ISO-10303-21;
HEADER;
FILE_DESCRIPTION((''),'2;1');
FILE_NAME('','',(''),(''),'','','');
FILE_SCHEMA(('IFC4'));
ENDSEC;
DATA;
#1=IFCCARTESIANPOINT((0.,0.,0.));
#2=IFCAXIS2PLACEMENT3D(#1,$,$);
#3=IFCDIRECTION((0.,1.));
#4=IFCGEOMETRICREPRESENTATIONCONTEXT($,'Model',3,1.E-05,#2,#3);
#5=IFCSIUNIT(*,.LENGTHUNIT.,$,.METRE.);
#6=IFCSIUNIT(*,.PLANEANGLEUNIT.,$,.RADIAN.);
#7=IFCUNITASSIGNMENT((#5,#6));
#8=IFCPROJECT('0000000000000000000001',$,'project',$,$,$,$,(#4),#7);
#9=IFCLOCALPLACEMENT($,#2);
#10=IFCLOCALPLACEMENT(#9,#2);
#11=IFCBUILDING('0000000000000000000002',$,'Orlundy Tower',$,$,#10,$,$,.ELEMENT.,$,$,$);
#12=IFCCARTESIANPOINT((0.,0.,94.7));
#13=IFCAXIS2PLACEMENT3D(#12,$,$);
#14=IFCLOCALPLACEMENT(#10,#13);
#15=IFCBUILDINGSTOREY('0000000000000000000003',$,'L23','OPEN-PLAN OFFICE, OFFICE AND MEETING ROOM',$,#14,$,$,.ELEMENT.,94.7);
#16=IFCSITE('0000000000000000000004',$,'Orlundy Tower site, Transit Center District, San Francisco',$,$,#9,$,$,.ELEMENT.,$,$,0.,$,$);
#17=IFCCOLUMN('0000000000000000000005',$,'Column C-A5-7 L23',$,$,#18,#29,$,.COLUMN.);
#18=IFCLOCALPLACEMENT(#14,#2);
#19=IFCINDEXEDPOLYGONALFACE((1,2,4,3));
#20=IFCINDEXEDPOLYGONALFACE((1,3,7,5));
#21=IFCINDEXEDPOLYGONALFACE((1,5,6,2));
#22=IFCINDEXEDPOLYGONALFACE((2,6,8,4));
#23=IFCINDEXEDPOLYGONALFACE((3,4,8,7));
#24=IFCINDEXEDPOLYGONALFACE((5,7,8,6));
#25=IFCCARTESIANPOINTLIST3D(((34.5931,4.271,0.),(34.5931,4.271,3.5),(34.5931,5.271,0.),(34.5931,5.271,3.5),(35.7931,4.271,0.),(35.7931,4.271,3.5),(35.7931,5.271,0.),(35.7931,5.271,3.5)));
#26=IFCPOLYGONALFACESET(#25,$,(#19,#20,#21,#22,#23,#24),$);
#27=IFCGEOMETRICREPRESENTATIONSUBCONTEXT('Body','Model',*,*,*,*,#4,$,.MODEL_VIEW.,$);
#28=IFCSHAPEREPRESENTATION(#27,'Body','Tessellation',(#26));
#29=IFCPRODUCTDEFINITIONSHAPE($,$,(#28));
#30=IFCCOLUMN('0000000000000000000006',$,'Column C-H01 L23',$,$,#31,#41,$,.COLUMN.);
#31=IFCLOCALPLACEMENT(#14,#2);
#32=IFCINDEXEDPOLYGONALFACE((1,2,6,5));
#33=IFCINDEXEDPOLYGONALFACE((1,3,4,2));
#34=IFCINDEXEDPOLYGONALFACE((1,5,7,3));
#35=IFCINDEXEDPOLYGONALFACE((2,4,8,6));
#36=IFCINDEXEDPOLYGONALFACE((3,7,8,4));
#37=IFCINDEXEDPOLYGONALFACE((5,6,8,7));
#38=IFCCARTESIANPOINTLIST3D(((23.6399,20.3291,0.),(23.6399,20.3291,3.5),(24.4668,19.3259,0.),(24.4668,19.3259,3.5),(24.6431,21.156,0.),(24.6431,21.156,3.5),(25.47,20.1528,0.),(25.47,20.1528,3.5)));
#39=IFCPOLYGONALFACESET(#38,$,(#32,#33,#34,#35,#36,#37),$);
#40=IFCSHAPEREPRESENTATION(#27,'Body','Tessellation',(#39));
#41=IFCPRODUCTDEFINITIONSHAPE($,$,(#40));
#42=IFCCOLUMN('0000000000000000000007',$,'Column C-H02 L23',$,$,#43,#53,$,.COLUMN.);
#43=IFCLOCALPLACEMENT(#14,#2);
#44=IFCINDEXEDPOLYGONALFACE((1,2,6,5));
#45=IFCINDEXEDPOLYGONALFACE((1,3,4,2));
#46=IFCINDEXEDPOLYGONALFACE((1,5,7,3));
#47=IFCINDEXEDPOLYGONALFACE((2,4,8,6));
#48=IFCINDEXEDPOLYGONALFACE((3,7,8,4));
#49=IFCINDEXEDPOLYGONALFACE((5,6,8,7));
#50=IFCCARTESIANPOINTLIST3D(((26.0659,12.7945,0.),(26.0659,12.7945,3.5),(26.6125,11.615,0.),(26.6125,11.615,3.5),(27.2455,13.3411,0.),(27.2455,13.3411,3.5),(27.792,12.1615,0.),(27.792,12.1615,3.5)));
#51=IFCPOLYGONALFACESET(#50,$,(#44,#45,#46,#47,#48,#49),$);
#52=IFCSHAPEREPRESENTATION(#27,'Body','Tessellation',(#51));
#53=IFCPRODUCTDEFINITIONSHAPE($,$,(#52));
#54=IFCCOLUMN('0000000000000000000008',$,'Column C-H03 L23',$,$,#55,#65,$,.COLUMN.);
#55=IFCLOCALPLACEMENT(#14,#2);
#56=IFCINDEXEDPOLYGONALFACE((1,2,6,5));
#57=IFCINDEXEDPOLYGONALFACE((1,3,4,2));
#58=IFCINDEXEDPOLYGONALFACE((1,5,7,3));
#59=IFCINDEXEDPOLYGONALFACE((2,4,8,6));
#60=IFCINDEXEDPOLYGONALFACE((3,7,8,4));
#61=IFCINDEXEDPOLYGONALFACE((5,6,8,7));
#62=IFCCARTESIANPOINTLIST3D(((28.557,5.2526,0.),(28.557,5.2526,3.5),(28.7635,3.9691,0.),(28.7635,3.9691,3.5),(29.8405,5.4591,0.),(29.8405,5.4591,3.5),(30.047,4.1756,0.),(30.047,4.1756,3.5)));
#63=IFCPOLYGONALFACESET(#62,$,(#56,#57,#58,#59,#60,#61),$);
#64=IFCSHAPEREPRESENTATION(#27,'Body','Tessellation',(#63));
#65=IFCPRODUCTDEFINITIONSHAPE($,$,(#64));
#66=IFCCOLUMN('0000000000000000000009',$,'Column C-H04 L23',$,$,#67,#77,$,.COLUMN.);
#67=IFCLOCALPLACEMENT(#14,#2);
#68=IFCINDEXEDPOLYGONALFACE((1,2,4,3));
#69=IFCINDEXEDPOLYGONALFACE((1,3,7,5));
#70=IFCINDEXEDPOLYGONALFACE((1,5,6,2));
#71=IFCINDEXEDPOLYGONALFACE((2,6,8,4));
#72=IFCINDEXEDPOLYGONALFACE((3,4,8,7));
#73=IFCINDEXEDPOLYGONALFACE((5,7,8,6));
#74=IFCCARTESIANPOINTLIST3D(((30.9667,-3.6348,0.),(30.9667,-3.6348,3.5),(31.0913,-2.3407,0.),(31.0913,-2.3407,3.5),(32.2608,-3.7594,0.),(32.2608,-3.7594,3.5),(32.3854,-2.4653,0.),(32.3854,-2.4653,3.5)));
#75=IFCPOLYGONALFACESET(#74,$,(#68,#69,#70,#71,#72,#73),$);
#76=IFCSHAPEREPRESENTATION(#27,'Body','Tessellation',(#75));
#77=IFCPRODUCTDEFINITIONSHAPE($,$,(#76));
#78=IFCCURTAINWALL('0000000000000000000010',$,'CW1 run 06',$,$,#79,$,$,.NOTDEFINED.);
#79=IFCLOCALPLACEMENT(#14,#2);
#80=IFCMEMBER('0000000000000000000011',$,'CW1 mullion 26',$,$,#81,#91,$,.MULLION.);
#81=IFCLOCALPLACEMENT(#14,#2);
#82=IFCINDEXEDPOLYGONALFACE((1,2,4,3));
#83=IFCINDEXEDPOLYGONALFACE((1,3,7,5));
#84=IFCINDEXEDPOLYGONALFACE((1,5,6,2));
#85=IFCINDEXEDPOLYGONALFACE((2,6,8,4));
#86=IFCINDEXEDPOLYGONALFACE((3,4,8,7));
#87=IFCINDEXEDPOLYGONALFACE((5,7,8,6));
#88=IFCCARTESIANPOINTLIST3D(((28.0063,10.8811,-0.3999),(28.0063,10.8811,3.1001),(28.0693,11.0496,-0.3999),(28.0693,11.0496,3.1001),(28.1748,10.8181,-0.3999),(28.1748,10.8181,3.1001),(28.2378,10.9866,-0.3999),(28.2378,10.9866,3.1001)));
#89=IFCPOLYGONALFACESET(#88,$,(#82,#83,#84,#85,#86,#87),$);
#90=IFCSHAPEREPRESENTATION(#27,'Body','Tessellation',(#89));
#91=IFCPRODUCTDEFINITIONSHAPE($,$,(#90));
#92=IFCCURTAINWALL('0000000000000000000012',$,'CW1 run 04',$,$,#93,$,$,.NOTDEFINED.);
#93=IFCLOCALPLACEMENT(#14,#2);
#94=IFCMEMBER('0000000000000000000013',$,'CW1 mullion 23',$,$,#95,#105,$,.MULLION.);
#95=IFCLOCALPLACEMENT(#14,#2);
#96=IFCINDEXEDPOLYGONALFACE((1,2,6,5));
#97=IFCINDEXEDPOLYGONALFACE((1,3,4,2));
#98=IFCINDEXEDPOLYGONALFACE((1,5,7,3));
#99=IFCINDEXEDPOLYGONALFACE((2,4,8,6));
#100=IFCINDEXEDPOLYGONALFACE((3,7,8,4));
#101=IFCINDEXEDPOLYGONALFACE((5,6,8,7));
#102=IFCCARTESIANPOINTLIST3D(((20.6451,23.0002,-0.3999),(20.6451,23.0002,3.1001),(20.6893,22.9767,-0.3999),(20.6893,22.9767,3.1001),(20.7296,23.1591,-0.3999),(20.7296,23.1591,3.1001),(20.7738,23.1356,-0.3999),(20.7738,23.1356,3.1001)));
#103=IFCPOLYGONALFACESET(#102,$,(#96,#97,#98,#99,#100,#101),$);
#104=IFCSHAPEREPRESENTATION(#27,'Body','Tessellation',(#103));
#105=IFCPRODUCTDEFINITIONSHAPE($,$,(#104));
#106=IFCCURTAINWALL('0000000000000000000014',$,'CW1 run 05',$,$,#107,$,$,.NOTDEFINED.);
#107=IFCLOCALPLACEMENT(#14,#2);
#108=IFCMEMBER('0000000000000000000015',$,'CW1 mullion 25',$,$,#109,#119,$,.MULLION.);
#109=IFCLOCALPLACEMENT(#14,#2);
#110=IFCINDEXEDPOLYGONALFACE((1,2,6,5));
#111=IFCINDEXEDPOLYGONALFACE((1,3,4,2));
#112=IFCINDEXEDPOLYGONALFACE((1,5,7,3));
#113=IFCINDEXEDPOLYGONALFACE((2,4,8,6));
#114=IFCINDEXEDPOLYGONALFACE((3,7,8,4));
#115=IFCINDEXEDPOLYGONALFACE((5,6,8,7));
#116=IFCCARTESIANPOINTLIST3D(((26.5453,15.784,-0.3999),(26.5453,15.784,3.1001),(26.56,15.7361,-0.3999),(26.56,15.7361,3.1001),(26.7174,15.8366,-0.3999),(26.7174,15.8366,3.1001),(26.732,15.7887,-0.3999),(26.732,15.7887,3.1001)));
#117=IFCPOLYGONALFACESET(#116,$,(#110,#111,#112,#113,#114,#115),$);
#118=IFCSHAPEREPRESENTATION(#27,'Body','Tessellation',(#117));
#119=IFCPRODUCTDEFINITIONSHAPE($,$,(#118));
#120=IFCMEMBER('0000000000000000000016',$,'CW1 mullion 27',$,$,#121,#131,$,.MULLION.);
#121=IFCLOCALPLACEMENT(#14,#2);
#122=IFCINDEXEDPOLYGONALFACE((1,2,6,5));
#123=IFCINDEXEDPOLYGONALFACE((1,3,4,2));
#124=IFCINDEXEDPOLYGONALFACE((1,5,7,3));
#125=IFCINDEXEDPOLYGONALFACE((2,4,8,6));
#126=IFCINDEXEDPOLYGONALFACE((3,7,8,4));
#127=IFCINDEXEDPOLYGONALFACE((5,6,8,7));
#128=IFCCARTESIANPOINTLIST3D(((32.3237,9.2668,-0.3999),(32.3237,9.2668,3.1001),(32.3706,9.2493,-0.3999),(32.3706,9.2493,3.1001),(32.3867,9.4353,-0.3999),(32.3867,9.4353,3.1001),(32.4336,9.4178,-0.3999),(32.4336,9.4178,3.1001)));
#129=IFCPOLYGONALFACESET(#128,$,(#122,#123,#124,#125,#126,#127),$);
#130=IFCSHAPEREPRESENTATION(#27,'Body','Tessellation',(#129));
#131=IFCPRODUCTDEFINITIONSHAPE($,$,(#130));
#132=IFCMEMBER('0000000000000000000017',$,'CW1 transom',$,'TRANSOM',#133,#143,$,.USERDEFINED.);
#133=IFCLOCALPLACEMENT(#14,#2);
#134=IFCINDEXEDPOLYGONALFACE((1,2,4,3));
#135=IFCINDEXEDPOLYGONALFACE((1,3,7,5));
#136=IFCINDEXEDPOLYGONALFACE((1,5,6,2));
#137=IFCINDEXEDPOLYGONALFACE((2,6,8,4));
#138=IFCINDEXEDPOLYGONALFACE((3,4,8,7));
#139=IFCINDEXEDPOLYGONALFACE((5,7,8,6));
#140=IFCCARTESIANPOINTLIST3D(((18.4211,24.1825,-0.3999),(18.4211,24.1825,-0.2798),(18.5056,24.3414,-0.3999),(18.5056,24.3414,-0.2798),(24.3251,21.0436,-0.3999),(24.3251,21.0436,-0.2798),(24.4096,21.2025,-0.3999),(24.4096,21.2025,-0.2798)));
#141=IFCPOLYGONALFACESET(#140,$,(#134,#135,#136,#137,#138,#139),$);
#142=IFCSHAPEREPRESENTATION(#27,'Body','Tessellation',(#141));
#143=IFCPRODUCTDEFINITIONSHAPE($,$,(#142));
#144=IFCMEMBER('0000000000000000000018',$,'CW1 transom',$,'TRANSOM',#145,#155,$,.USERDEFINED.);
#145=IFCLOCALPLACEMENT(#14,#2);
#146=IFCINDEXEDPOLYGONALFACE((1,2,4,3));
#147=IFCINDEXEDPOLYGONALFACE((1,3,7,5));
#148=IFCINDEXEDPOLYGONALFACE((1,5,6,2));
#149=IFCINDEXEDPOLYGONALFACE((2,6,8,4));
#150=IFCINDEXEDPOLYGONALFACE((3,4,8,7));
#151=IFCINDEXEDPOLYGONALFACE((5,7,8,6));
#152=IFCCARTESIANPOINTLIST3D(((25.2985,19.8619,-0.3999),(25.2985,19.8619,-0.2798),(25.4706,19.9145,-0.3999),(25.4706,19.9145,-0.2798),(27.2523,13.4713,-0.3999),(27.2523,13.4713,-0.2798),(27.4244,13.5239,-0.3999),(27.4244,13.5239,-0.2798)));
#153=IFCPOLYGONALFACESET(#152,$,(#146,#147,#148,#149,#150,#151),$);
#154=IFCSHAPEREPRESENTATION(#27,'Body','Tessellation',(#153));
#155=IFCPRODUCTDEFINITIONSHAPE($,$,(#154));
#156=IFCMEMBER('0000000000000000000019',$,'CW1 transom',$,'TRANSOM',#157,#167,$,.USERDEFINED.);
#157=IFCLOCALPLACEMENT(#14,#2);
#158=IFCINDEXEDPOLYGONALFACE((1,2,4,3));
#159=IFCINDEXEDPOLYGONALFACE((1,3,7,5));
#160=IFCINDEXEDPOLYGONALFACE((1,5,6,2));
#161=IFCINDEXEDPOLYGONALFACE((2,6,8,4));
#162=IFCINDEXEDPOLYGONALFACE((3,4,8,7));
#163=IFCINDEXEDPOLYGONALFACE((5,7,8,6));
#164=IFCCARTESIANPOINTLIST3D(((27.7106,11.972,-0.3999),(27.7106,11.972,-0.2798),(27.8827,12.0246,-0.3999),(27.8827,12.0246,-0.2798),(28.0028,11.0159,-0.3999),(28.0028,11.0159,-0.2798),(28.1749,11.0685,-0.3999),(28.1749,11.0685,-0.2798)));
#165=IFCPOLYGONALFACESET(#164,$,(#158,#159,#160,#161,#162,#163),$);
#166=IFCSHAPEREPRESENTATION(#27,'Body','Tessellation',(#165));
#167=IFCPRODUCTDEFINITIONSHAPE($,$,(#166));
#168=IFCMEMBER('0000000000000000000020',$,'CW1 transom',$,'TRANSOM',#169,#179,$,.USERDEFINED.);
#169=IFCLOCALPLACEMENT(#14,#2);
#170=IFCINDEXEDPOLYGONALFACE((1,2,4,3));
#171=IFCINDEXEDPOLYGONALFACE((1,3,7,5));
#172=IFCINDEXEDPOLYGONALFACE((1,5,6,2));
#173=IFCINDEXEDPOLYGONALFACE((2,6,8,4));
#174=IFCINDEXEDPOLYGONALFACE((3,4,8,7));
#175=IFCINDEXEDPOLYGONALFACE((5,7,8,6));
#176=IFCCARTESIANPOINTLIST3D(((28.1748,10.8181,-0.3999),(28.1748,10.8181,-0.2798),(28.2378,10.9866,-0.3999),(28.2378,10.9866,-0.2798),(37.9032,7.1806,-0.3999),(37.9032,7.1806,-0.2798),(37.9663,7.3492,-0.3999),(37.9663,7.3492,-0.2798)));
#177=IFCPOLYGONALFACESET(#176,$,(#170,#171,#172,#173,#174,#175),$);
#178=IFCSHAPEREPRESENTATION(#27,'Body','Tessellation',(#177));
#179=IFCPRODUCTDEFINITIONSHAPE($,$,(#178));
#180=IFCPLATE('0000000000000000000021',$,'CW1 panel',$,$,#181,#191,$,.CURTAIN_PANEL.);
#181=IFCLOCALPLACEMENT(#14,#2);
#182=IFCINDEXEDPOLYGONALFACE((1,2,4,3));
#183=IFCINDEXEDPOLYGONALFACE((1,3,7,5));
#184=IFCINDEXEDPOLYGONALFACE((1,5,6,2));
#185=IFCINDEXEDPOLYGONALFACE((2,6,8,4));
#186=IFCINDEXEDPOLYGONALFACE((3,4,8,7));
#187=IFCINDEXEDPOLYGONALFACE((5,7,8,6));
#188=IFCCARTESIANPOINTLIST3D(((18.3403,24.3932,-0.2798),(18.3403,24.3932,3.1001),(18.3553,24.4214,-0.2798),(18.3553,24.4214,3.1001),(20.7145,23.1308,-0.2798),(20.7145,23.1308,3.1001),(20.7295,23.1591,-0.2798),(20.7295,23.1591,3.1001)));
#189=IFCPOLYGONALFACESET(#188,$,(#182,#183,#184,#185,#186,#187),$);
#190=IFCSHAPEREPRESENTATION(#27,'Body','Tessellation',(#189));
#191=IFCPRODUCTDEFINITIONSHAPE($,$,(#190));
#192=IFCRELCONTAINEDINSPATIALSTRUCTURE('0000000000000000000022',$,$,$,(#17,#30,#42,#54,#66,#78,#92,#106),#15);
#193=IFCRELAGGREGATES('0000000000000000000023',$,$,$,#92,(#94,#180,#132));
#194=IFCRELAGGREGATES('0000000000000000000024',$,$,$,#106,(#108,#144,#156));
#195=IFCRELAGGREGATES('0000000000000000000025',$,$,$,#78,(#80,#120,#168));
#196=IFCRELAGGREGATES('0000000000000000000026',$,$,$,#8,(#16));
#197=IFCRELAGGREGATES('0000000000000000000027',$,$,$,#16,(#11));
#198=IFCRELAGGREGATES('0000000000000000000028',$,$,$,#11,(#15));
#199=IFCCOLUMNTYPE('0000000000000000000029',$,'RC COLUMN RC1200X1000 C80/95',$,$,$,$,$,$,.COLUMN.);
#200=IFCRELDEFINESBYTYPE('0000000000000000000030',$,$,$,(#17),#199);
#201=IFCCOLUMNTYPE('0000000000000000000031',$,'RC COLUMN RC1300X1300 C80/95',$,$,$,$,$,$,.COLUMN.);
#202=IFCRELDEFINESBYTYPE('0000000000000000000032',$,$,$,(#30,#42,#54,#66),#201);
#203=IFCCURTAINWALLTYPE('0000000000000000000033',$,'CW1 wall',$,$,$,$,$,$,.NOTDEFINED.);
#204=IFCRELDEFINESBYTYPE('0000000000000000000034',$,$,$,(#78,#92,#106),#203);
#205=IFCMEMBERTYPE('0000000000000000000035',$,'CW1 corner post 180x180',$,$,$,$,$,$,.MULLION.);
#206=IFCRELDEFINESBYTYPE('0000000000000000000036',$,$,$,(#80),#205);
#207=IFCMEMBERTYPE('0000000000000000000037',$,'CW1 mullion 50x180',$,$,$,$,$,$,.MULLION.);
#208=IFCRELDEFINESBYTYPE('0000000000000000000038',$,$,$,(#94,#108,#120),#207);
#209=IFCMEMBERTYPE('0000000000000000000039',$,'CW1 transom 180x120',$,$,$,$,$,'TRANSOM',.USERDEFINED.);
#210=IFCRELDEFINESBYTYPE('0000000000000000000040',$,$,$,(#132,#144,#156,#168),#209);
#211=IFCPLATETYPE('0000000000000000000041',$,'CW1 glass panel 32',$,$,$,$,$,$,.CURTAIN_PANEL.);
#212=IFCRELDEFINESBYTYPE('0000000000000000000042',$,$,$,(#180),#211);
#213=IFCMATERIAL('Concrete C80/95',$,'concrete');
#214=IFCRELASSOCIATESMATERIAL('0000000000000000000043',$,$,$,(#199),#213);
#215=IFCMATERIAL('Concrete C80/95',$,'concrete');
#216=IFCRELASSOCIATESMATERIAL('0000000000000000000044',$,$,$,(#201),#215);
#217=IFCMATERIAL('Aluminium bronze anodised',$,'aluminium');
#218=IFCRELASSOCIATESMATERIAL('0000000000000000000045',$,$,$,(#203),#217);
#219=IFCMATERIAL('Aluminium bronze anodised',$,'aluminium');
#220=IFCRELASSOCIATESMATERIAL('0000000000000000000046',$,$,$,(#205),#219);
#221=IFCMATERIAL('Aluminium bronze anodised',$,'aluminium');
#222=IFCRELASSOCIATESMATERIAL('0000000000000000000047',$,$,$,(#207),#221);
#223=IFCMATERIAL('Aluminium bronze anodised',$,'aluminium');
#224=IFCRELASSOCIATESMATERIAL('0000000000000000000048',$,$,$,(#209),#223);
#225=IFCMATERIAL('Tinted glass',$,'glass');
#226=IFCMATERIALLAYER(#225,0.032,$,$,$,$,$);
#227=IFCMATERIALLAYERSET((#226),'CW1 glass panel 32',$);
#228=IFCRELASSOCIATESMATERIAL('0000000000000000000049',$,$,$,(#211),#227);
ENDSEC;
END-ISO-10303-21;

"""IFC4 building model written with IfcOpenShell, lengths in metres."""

from ifc_helpers import new_model, si_unit, direction, frame, origin, origin_2d, place, context, subcontext, project, spatial, rectangle, extrude, material, layer, layer_set, material_profile, profile_set, type_object, element, aggregate, save


model = new_model("IFC4")

# Units and contexts
model_context = context("Model", 3, precision=1e-05, world=origin(), true_north=direction((0.0, 1.0)))
body_context = subcontext(model_context, "Body", "Model", "MODEL_VIEW")
ifc_project = project(units=[si_unit("LENGTHUNIT", "METRE"), si_unit("PLANEANGLEUNIT", "RADIAN")], contexts=[model_context])

# Site, building, storey
site_placement = place(None, origin())
site = spatial("IfcSite", under=ifc_project, at=site_placement, Name="Orlundy Tower site, Transit Center District, San Francisco", CompositionType="ELEMENT", RefElevation=0.0)
building_placement = place(site_placement, origin())
building = spatial("IfcBuilding", under=site, at=building_placement, Name="Orlundy Tower", CompositionType="ELEMENT")
storey_placement = place(building_placement, frame((0.0, 0.0, 94.7)))
storey = spatial("IfcBuildingStorey", under=building, at=storey_placement, Name="L23", Description="OPEN-PLAN OFFICE, OFFICE AND MEETING ROOM", CompositionType="ELEMENT", Elevation=94.7)

# Columns
ifc_material_1 = material(Name="Concrete C80/95", Category="concrete")
ifc_material_profile_1 = material_profile(ifc_material_1, rectangle(XDim=1.2, YDim=1.0, at=origin_2d()), Name="RC1200X1000")
ifc_profile_set_1 = profile_set([ifc_material_profile_1], Name="Concrete C80/95")
column_type_1 = type_object("IfcColumnType", Name="RC COLUMN RC1200X1000 C80/95", PredefinedType="COLUMN", material=ifc_profile_set_1)
column_placement = place(storey_placement, frame((35.1931, 4.771, 0.0), z_axis=(0.0, 0.0, 1.0), x_axis=(1.0, 0.0, 0.0)))
element("IfcColumn", 1, at=column_placement, inside=storey, type_object=column_type_1, Name="Column C-A5-7 L23", PredefinedType="COLUMN", context=body_context, shape_type="SweptSolid", body=[
    extrude(rectangle(XDim=1.2, YDim=1.0, at=origin_2d()), origin(), (0.0, 0.0, 1.0), 3.5),
])
ifc_material_2 = material(Name="Concrete C80/95", Category="concrete")
ifc_material_profile_2 = material_profile(ifc_material_2, rectangle(XDim=1.3, YDim=1.3, at=origin_2d()), Name="RC1300X1300")
ifc_profile_set_2 = profile_set([ifc_material_profile_2], Name="Concrete C80/95")
column_type_2 = type_object("IfcColumnType", Name="RC COLUMN RC1300X1300 C80/95", PredefinedType="COLUMN", material=ifc_profile_set_2)
for number, where, z_axis, x_axis, name in (
    (2, (24.5549, 20.241, 0.0), (0.0, 0.0, 1.0), (0.771636, 0.636065, 0.0), "Column C-H01 L23"),
    (3, (26.929, 12.478, 0.0), (0.0, 0.0, 1.0), (0.90733, 0.420418, 0.0), "Column C-H02 L23"),
    (4, (29.302, 4.7141, 0.0), (0.0, 0.0, 1.0), (0.987306, 0.15883, 0.0), "Column C-H03 L23"),
    (5, (31.676, -3.05, 0.0), (0.0, 0.0, 1.0), (0.995396, -0.095846, 0.0), "Column C-H04 L23"),
):
    element("IfcColumn", number, at=place(storey_placement, frame(where, z_axis=z_axis, x_axis=x_axis)), inside=storey, type_object=column_type_2, Name=name, PredefinedType="COLUMN", context=body_context, shape_type="SweptSolid", body=[
        extrude(rectangle(XDim=1.3, YDim=1.3, at=origin_2d()), origin(), (0.0, 0.0, 1.0), 3.5),
    ])

# Curtain walls, members
ifc_material_3 = material(Name="Aluminium bronze anodised", Category="aluminium")
curtain_wall_type = type_object("IfcCurtainWallType", Name="CW1 wall", PredefinedType="NOTDEFINED", material=ifc_material_3)
curtain_wall_1_placement = place(storey_placement, origin())
curtain_wall_1 = element("IfcCurtainWall", 6, at=curtain_wall_1_placement, inside=storey, type_object=curtain_wall_type, Name="CW1 run 06", PredefinedType="NOTDEFINED")
ifc_material_4 = material(Name="Aluminium bronze anodised", Category="aluminium")
ifc_material_profile_3 = material_profile(ifc_material_4, rectangle(XDim=0.1799, YDim=0.1799, at=origin_2d()), Name="CW1 corner post 180x180")
ifc_profile_set_3 = profile_set([ifc_material_profile_3], Name="Aluminium bronze anodised")
member_type_1 = type_object("IfcMemberType", Name="CW1 corner post 180x180", PredefinedType="MULLION", material=ifc_profile_set_3)
member_1_placement = place(storey_placement, frame((28.1221, 10.9338, -0.3999), z_axis=(0.0, 0.0, 1.0), x_axis=(0.350204, 0.936674, 0.0)))
member_1 = element("IfcMember", 7, at=member_1_placement, type_object=member_type_1, Name="CW1 mullion 26", PredefinedType="MULLION", context=body_context, shape_type="SweptSolid", body=[
    extrude(rectangle(XDim=0.1799, YDim=0.1799, at=origin_2d()), origin(), (0.0, 0.0, 1.0), 3.5),
])
curtain_wall_2_placement = place(storey_placement, origin())
curtain_wall_2 = element("IfcCurtainWall", 8, at=curtain_wall_2_placement, inside=storey, type_object=curtain_wall_type, Name="CW1 run 04", PredefinedType="NOTDEFINED")
ifc_material_5 = material(Name="Aluminium bronze anodised", Category="aluminium")
ifc_material_profile_4 = material_profile(ifc_material_5, rectangle(XDim=0.1799, YDim=0.05, at=origin_2d()), Name="CW1 mullion 50x180")
ifc_profile_set_4 = profile_set([ifc_material_profile_4], Name="Aluminium bronze anodised")
member_type_2 = type_object("IfcMemberType", Name="CW1 mullion 50x180", PredefinedType="MULLION", material=ifc_profile_set_4)
member_2_placement = place(storey_placement, frame((20.7095, 23.0679, -0.3999), z_axis=(0.0, 0.0, 1.0), x_axis=(0.469445, 0.882961, 0.0)))
member_2 = element("IfcMember", 9, at=member_2_placement, type_object=member_type_2, Name="CW1 mullion 23", PredefinedType="MULLION", context=body_context, shape_type="SweptSolid", body=[
    extrude(rectangle(XDim=0.1799, YDim=0.05, at=origin_2d()), origin(), (0.0, 0.0, 1.0), 3.5),
])
curtain_wall_3_placement = place(storey_placement, origin())
curtain_wall_3 = element("IfcCurtainWall", 10, at=curtain_wall_3_placement, inside=storey, type_object=curtain_wall_type, Name="CW1 run 05", PredefinedType="NOTDEFINED")
member_3_placement = place(storey_placement, frame((26.6387, 15.7864, -0.3999), z_axis=(0.0, 0.0, 1.0), x_axis=(0.956308, 0.292362, 0.0)))
member_3 = element("IfcMember", 11, at=member_3_placement, type_object=member_type_2, Name="CW1 mullion 25", PredefinedType="MULLION", context=body_context, shape_type="SweptSolid", body=[
    extrude(rectangle(XDim=0.1799, YDim=0.05, at=origin_2d()), origin(), (0.0, 0.0, 1.0), 3.5),
])

# Members
member_4_placement = place(storey_placement, frame((32.3787, 9.3423, -0.3999), z_axis=(0.0, 0.0, 1.0), x_axis=(0.350204, 0.936674, 0.0)))
member_4 = element("IfcMember", 12, at=member_4_placement, type_object=member_type_2, Name="CW1 mullion 27", PredefinedType="MULLION", context=body_context, shape_type="SweptSolid", body=[
    extrude(rectangle(XDim=0.1799, YDim=0.05, at=origin_2d()), origin(), (0.0, 0.0, 1.0), 3.5),
])
ifc_material_6 = material(Name="Aluminium bronze anodised", Category="aluminium")
ifc_material_profile_5 = material_profile(ifc_material_6, rectangle(XDim=0.1799, YDim=0.1201, at=origin_2d()), Name="CW1 transom 180x120")
ifc_profile_set_5 = profile_set([ifc_material_profile_5], Name="Aluminium bronze anodised")
member_type_3 = type_object("IfcMemberType", Name="CW1 transom 180x120", ElementType="TRANSOM", PredefinedType="USERDEFINED", material=ifc_profile_set_5)
member_5_placement = place(storey_placement, frame((18.4634, 24.262, -0.3398), z_axis=(0.882968, -0.469434, 0.0), x_axis=(0.469434, 0.882968, 0.0)))
member_5 = element("IfcMember", 13, at=member_5_placement, type_object=member_type_3, Name="CW1 transom", ObjectType="TRANSOM", PredefinedType="USERDEFINED", context=body_context, shape_type="SweptSolid", body=[
    extrude(rectangle(XDim=0.1799, YDim=0.1201, at=origin_2d()), origin(), (0.0, 0.0, 1.0), 6.6865),
])
member_6_placement = place(storey_placement, frame((25.3845, 19.8882, -0.3398), z_axis=(0.292378, -0.956303, 0.0), x_axis=(0.956303, 0.292378, 0.0)))
member_6 = element("IfcMember", 14, at=member_6_placement, type_object=member_type_3, Name="CW1 transom", ObjectType="TRANSOM", PredefinedType="USERDEFINED", context=body_context, shape_type="SweptSolid", body=[
    extrude(rectangle(XDim=0.1799, YDim=0.1201, at=origin_2d()), origin(), (0.0, 0.0, 1.0), 6.6826),
])
member_7_placement = place(storey_placement, frame((27.7966, 11.9983, -0.3398), z_axis=(0.292318, -0.956321, 0.0), x_axis=(0.956321, 0.292318, 0.0)))
member_7 = element("IfcMember", 15, at=member_7_placement, type_object=member_type_3, Name="CW1 transom", ObjectType="TRANSOM", PredefinedType="USERDEFINED", context=body_context, shape_type="SweptSolid", body=[
    extrude(rectangle(XDim=0.1799, YDim=0.1201, at=origin_2d()), origin(), (0.0, 0.0, 1.0), 0.9998),
])
member_8_placement = place(storey_placement, frame((28.2063, 10.9023, -0.3398), z_axis=(0.936669, -0.350217, 0.0), x_axis=(0.350217, 0.936669, 0.0)))
member_8 = element("IfcMember", 16, at=member_8_placement, type_object=member_type_3, Name="CW1 transom", ObjectType="TRANSOM", PredefinedType="USERDEFINED", context=body_context, shape_type="SweptSolid", body=[
    extrude(rectangle(XDim=0.1799, YDim=0.1201, at=origin_2d()), origin(), (0.0, 0.0, 1.0), 10.3862),
])

# Plate
ifc_material_7 = material(Name="Tinted glass", Category="glass")
ifc_layer_1 = layer(ifc_material_7, 0.032)
ifc_layer_set_1 = layer_set([ifc_layer_1], Name="CW1 glass panel 32")
plate_type = type_object("IfcPlateType", Name="CW1 glass panel 32", PredefinedType="CURTAIN_PANEL", material=ifc_layer_set_1)
plate_1_placement = place(storey_placement, frame((19.5349, 23.7761, -0.2798), z_axis=(0.0, 0.0, 1.0), x_axis=(0.882961, -0.469445, 0.0)))
plate_1 = element("IfcPlate", 17, at=plate_1_placement, type_object=plate_type, Name="CW1 panel", PredefinedType="CURTAIN_PANEL", context=body_context, shape_type="SweptSolid", body=[
    extrude(rectangle(XDim=2.689, YDim=0.032, at=origin_2d()), origin(), (0.0, 0.0, 1.0), 3.3799),
])
aggregate(curtain_wall_2, [member_2, plate_1, member_5])
aggregate(curtain_wall_3, [member_3, member_6, member_7])
aggregate(curtain_wall_1, [member_1, member_4, member_8])

save(model, "model.ifc")
